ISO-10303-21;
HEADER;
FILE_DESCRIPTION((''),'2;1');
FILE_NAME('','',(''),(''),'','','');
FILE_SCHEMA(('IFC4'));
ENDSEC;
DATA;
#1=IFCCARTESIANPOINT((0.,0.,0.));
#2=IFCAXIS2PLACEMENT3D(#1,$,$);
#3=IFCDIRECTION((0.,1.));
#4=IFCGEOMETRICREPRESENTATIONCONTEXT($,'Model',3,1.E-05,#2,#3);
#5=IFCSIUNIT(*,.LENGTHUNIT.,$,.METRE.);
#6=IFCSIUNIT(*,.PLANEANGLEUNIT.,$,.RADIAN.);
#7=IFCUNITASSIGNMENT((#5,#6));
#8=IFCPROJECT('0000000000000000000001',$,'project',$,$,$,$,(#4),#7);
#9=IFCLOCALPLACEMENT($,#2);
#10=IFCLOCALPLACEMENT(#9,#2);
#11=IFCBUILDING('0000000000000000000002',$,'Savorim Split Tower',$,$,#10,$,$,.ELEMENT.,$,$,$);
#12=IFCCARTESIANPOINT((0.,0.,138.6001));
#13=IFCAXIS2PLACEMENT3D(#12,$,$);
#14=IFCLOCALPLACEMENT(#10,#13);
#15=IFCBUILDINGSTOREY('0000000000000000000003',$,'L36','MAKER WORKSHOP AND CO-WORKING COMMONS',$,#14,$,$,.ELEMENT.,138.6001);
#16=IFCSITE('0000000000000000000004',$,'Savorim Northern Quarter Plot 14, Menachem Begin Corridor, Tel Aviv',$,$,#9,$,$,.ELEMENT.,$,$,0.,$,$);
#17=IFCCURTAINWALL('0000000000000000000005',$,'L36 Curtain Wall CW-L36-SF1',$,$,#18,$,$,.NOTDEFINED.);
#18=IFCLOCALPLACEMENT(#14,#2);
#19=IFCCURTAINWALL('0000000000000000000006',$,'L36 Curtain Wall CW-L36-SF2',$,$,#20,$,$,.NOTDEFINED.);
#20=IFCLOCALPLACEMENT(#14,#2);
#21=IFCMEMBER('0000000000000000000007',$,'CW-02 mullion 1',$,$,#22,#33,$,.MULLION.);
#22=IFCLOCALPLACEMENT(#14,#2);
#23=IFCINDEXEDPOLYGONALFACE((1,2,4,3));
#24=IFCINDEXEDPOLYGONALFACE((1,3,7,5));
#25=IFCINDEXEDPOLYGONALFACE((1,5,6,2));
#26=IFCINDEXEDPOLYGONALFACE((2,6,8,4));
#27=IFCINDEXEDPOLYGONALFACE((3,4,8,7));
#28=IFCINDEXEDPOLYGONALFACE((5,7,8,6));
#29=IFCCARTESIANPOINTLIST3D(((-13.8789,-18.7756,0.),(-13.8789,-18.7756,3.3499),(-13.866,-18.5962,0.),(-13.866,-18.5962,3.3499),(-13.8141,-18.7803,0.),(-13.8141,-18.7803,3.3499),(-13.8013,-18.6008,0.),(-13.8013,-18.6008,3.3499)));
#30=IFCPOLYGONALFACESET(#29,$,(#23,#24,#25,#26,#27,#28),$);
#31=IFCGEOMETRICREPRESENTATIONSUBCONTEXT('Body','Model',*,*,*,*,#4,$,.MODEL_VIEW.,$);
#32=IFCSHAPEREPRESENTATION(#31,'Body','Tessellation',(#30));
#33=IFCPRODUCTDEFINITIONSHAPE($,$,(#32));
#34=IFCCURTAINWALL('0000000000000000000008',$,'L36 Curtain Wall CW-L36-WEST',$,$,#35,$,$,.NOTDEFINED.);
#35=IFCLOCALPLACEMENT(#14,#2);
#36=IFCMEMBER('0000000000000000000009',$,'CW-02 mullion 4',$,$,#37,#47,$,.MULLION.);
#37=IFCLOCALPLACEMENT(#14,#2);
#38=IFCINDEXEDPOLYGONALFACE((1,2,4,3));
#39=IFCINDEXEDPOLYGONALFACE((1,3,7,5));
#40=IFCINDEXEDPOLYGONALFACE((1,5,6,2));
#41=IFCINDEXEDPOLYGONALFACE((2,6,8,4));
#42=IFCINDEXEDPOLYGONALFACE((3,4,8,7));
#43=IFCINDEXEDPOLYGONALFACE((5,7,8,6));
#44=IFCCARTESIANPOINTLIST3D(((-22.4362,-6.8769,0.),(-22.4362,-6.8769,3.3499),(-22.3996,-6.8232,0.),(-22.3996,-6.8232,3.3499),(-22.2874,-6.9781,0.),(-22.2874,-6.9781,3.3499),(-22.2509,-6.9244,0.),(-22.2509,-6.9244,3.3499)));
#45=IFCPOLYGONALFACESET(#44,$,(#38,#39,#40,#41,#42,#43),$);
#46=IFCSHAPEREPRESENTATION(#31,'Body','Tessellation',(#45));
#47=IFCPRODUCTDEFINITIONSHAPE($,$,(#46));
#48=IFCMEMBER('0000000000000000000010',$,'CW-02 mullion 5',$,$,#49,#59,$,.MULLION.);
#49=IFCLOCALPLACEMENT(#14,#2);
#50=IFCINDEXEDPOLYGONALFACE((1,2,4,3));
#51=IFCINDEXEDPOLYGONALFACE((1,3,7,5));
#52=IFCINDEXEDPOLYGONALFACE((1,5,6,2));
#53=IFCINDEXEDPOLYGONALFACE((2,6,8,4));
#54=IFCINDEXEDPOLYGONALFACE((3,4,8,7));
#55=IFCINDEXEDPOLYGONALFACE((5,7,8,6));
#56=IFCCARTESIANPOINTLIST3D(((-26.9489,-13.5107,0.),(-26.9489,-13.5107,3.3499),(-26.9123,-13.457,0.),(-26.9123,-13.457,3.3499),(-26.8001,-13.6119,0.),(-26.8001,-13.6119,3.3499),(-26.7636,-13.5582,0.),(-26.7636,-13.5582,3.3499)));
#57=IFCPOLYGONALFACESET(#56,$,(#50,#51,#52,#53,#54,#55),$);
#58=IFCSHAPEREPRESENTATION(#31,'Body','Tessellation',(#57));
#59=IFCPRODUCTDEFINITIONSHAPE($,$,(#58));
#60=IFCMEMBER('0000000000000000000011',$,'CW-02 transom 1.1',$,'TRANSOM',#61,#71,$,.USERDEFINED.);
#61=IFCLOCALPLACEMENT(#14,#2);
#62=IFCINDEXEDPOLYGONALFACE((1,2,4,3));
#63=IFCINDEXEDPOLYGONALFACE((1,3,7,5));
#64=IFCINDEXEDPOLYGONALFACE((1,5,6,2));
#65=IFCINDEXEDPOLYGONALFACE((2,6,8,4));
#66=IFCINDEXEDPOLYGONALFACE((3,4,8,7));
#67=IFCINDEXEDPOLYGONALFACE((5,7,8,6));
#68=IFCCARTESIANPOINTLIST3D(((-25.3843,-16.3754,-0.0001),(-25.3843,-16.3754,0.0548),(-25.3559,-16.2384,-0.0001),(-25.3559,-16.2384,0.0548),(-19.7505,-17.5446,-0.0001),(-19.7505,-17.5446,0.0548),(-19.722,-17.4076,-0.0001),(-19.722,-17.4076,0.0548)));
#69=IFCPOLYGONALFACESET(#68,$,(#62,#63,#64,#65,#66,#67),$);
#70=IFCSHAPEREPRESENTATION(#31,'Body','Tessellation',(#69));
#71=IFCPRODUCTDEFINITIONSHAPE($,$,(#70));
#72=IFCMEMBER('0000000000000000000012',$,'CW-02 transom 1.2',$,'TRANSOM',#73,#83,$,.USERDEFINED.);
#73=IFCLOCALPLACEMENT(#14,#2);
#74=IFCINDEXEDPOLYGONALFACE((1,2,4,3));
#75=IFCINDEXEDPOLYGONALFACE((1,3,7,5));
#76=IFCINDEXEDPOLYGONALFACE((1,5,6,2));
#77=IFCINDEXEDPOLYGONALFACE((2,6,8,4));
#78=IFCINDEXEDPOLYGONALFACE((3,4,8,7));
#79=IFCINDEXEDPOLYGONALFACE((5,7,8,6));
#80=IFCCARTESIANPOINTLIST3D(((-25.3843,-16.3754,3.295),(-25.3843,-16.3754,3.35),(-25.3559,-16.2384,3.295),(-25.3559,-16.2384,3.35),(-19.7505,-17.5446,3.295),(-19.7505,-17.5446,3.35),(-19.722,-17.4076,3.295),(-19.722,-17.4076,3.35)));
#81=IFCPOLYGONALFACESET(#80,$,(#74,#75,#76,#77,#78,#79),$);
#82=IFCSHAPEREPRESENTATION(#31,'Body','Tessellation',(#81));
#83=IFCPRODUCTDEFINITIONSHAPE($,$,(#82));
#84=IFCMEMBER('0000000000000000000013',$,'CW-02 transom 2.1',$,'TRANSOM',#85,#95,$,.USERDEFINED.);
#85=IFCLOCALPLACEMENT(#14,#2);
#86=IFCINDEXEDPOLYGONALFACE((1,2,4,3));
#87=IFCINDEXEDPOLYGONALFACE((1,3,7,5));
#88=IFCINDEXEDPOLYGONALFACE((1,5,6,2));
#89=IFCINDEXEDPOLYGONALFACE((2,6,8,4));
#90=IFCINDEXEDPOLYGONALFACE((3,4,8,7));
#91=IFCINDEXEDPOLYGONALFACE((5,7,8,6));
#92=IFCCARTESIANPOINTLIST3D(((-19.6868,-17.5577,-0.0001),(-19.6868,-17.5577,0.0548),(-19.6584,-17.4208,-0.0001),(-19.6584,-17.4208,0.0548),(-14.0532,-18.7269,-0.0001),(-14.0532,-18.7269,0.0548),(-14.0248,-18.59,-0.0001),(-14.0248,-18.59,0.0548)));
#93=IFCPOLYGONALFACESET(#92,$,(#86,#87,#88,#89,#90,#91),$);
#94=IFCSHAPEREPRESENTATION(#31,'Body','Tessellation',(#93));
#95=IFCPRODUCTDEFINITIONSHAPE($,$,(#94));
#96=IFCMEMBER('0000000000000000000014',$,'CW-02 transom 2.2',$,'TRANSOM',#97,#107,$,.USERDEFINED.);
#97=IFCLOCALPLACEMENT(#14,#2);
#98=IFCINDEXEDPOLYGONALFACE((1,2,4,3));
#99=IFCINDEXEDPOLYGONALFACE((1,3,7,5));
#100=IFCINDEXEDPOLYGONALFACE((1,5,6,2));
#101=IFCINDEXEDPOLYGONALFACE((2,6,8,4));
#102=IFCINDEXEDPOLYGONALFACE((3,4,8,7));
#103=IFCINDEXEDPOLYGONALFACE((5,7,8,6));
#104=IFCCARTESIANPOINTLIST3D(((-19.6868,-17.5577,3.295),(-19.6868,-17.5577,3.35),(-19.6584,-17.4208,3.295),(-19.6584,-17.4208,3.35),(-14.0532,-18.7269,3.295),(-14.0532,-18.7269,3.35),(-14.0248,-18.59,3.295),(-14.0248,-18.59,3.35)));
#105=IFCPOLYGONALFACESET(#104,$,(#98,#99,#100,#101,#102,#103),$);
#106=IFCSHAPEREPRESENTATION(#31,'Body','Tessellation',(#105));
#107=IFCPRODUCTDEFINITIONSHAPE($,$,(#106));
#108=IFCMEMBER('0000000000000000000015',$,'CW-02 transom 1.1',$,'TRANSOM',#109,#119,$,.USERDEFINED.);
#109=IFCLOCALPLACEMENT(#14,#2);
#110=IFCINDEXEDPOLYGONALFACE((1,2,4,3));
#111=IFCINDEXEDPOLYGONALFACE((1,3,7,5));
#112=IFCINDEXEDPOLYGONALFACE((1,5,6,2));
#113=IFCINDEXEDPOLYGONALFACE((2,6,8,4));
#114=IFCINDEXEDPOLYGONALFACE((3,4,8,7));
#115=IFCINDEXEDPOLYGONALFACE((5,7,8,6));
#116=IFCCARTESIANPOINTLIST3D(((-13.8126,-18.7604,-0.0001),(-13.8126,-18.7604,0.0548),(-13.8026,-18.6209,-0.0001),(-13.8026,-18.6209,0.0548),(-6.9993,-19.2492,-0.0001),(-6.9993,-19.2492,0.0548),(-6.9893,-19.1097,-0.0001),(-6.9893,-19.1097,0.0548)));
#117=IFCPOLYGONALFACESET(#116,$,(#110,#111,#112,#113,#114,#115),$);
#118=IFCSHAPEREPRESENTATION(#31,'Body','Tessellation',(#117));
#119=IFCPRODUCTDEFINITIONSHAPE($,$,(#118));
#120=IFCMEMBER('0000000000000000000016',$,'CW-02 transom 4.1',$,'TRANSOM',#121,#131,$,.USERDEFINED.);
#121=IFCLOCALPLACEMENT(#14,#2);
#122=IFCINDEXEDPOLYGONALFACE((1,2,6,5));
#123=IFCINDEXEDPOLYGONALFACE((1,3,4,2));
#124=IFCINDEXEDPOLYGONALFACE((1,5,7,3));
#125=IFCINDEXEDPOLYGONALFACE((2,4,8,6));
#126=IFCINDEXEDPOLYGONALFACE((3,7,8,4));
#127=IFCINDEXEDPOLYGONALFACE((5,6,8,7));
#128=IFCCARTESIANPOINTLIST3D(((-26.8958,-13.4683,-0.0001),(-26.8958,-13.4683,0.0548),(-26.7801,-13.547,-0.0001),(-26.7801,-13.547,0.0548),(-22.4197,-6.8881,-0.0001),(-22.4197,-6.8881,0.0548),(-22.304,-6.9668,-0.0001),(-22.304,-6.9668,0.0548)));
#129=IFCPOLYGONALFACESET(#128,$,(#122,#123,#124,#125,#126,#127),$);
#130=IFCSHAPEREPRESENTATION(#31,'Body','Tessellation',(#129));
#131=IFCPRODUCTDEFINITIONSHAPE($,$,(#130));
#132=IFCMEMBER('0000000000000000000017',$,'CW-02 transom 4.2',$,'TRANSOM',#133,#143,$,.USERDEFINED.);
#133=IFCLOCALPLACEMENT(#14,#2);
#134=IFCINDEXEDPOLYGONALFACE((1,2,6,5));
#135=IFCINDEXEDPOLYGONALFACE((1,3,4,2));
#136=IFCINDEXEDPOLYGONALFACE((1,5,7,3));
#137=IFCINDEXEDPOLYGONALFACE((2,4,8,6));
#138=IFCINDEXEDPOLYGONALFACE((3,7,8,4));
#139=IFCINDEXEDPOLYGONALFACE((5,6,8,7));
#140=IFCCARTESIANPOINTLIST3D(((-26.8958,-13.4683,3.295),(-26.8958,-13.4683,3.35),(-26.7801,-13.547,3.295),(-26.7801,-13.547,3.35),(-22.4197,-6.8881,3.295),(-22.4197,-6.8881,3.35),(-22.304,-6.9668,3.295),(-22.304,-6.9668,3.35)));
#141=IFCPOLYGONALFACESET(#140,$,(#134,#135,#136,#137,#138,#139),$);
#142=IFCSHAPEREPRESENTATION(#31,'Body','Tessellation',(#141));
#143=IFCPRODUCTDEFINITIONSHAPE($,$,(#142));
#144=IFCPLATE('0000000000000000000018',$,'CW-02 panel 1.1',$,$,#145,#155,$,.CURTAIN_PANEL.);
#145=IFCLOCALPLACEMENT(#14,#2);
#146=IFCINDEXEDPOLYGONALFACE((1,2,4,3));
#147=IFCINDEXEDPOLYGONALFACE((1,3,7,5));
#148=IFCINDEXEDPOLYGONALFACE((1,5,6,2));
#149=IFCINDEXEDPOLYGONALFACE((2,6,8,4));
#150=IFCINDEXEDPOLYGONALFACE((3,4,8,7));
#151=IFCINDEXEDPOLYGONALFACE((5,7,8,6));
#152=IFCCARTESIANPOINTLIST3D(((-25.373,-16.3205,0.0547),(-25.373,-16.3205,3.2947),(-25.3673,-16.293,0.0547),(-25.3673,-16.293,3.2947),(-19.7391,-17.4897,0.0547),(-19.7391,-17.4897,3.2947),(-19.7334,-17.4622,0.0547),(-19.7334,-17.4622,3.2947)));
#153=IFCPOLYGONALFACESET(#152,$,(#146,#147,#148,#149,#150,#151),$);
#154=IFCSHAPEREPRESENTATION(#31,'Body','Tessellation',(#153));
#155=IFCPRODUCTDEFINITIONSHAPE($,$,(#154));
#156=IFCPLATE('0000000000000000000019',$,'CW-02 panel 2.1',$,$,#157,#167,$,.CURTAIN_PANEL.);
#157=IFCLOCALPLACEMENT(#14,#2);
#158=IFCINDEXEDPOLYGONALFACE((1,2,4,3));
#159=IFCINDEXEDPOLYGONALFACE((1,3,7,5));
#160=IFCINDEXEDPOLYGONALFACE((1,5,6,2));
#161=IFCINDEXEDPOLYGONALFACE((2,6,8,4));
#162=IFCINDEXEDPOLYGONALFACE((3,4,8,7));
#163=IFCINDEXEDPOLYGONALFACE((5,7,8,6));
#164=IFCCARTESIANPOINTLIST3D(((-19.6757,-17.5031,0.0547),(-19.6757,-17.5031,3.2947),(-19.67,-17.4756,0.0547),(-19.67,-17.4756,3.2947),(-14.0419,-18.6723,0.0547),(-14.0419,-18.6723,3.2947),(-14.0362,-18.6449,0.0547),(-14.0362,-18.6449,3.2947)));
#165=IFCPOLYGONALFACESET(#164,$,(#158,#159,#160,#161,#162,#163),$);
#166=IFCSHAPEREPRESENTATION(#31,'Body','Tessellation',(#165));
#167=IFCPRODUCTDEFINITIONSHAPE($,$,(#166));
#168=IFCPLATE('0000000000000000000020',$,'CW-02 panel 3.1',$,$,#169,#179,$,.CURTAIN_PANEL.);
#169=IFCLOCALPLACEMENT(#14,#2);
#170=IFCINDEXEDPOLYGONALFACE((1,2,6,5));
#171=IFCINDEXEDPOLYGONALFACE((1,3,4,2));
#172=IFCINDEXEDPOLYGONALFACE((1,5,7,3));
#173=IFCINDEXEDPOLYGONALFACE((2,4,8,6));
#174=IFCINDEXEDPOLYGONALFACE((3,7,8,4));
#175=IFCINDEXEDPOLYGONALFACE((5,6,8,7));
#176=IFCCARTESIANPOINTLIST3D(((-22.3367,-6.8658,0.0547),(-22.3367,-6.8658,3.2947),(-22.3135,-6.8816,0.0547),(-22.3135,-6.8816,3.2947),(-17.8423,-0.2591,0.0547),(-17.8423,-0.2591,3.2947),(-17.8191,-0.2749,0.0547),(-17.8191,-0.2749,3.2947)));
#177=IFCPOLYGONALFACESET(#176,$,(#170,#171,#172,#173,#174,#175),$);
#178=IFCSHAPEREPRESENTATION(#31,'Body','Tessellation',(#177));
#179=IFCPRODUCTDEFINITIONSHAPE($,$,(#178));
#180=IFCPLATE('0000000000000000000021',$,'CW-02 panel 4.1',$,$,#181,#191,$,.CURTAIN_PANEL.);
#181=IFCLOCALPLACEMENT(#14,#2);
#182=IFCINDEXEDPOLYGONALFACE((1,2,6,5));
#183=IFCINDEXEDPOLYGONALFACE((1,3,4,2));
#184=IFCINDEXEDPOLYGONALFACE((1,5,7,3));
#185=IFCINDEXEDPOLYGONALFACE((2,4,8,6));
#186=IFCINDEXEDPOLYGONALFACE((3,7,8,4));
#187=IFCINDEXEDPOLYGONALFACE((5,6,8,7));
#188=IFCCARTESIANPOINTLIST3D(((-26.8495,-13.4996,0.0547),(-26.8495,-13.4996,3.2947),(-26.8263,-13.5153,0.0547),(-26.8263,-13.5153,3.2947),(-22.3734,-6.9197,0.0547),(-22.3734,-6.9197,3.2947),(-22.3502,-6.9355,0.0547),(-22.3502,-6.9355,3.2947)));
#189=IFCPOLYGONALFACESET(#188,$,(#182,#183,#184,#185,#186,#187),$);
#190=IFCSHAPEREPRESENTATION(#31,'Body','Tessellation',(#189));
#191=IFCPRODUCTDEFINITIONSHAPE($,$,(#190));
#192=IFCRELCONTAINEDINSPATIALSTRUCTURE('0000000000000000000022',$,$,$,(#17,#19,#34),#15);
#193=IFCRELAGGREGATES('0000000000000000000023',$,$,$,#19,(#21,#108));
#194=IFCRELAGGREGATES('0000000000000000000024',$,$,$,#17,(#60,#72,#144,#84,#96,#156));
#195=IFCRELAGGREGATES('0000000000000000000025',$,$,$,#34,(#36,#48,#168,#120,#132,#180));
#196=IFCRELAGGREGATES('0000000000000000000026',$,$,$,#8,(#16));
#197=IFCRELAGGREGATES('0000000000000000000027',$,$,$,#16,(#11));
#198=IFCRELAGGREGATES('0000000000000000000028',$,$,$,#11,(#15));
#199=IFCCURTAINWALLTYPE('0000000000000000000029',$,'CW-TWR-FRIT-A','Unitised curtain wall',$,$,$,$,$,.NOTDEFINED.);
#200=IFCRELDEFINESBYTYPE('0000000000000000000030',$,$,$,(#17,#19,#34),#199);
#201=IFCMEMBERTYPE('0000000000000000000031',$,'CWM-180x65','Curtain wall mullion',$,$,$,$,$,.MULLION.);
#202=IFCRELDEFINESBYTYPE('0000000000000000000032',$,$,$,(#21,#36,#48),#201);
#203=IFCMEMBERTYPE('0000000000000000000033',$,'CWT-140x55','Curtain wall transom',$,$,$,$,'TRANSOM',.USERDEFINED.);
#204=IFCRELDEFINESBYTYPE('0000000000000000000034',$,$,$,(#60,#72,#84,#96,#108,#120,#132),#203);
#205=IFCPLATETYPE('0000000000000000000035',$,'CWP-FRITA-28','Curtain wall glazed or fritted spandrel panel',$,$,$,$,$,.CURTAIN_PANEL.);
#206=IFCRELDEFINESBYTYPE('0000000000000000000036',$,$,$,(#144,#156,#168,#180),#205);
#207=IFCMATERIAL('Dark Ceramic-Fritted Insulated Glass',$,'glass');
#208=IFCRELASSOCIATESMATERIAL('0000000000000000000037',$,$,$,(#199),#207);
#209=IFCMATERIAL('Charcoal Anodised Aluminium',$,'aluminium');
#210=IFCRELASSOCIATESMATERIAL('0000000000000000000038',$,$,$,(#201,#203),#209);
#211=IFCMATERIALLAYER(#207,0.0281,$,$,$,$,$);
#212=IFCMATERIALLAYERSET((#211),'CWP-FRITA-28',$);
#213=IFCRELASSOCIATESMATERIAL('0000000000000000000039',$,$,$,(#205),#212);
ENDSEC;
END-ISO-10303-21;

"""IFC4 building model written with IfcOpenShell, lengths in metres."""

from ifc_helpers import new_model, si_unit, direction, frame, origin, origin_2d, place, context, subcontext, project, spatial, rectangle, extrude, material, layer, layer_set, material_profile, profile_set, type_object, element, aggregate, save


model = new_model("IFC4")

# Units and contexts
model_context = context("Model", 3, precision=1e-05, world=origin(), true_north=direction((0.0, 1.0)))
body_context = subcontext(model_context, "Body", "Model", "MODEL_VIEW")
ifc_project = project(units=[si_unit("LENGTHUNIT", "METRE"), si_unit("PLANEANGLEUNIT", "RADIAN")], contexts=[model_context])

# Site, building, storey
site_placement = place(None, origin())
site = spatial("IfcSite", under=ifc_project, at=site_placement, Name="Savorim Northern Quarter Plot 14, Menachem Begin Corridor, Tel Aviv", CompositionType="ELEMENT", RefElevation=0.0)
building_placement = place(site_placement, origin())
building = spatial("IfcBuilding", under=site, at=building_placement, Name="Savorim Split Tower", CompositionType="ELEMENT")
storey_placement = place(building_placement, frame((0.0, 0.0, 138.6001)))
storey = spatial("IfcBuildingStorey", under=building, at=storey_placement, Name="L36", Description="MAKER WORKSHOP AND CO-WORKING COMMONS", CompositionType="ELEMENT", Elevation=138.6001)

# Curtain wall
ifc_material_1 = material(Name="Dark Ceramic-Fritted Insulated Glass", Category="glass")
curtain_wall_type = type_object("IfcCurtainWallType", Name="CW-TWR-FRIT-A", Description="Unitised curtain wall", PredefinedType="NOTDEFINED", material=ifc_material_1)
curtain_wall_1_placement = place(storey_placement, origin())
curtain_wall_1 = element("IfcCurtainWall", 1, at=curtain_wall_1_placement, inside=storey, type_object=curtain_wall_type, Name="L36 Curtain Wall CW-L36-SF1", PredefinedType="NOTDEFINED")
ifc_material_2 = material(Name="Charcoal Anodised Aluminium", Category="aluminium")
ifc_material_profile_1 = material_profile(ifc_material_2, rectangle(XDim=0.1799, YDim=0.0649, at=origin_2d()), Name="ALU-M 180x65")
ifc_profile_set_1 = profile_set([ifc_material_profile_1], Name="Charcoal Anodised Aluminium")
member_type_1 = type_object("IfcMemberType", Name="CWM-180x65", Description="Curtain wall mullion", PredefinedType="MULLION", material=ifc_profile_set_1)

# Curtain wall, member
curtain_wall_2_placement = place(storey_placement, origin())
curtain_wall_2 = element("IfcCurtainWall", 2, at=curtain_wall_2_placement, inside=storey, type_object=curtain_wall_type, Name="L36 Curtain Wall CW-L36-SF2", PredefinedType="NOTDEFINED")
member_1_placement = place(storey_placement, frame((-13.8401, -18.6882, 0.0), z_axis=(0.0, 0.0, 1.0), x_axis=(0.071561, 0.997436, 0.0)))
member_1 = element("IfcMember", 3, at=member_1_placement, type_object=member_type_1, Name="CW-02 mullion 1", PredefinedType="MULLION", context=body_context, shape_type="SweptSolid", body=[
    extrude(rectangle(XDim=0.1799, YDim=0.0649, at=origin_2d()), origin(), (0.0, 0.0, 1.0), 3.3499),
])

# Curtain wall, members
curtain_wall_3_placement = place(storey_placement, origin())
curtain_wall_3 = element("IfcCurtainWall", 4, at=curtain_wall_3_placement, inside=storey, type_object=curtain_wall_type, Name="L36 Curtain Wall CW-L36-WEST", PredefinedType="NOTDEFINED")
member_2_placement = place(storey_placement, frame((-22.3435, -6.9006, 0.0), z_axis=(0.0, 0.0, 1.0), x_axis=(0.82682, -0.562466, 0.0)))
member_2 = element("IfcMember", 5, at=member_2_placement, type_object=member_type_1, Name="CW-02 mullion 4", PredefinedType="MULLION", context=body_context, shape_type="SweptSolid", body=[
    extrude(rectangle(XDim=0.1799, YDim=0.0649, at=origin_2d()), origin(), (0.0, 0.0, 1.0), 3.3499),
])
member_3_placement = place(storey_placement, frame((-26.8562, -13.5344, 0.0), z_axis=(0.0, 0.0, 1.0), x_axis=(0.82682, -0.562466, 0.0)))
member_3 = element("IfcMember", 6, at=member_3_placement, type_object=member_type_1, Name="CW-02 mullion 5", PredefinedType="MULLION", context=body_context, shape_type="SweptSolid", body=[
    extrude(rectangle(XDim=0.1799, YDim=0.0649, at=origin_2d()), origin(), (0.0, 0.0, 1.0), 3.3499),
])

# Members
ifc_material_profile_2 = material_profile(ifc_material_2, rectangle(XDim=0.1399, YDim=0.0549, at=origin_2d()), Name="ALU-T 140x55")
ifc_profile_set_2 = profile_set([ifc_material_profile_2], Name="Charcoal Anodised Aluminium")
member_type_2 = type_object("IfcMemberType", Name="CWT-140x55", Description="Curtain wall transom", ElementType="TRANSOM", PredefinedType="USERDEFINED", material=ifc_profile_set_2)
member_4_placement = place(storey_placement, frame((-25.3701, -16.3069, 0.0273), z_axis=(0.979137, -0.203202, 0.0), x_axis=(0.203202, 0.979137, 0.0)))
member_4 = element("IfcMember", 7, at=member_4_placement, type_object=member_type_2, Name="CW-02 transom 1.1", ObjectType="TRANSOM", PredefinedType="USERDEFINED", context=body_context, shape_type="SweptSolid", body=[
    extrude(rectangle(XDim=0.1399, YDim=0.0549, at=origin_2d()), origin(), (0.0, 0.0, 1.0), 5.7539),
])
member_5_placement = place(storey_placement, frame((-25.3701, -16.3069, 3.3225), z_axis=(0.979137, -0.203202, 0.0), x_axis=(0.203202, 0.979137, 0.0)))
member_5 = element("IfcMember", 8, at=member_5_placement, type_object=member_type_2, Name="CW-02 transom 1.2", ObjectType="TRANSOM", PredefinedType="USERDEFINED", context=body_context, shape_type="SweptSolid", body=[
    extrude(rectangle(XDim=0.1399, YDim=0.0549, at=origin_2d()), origin(), (0.0, 0.0, 1.0), 5.7539),
])
member_6_placement = place(storey_placement, frame((-19.6726, -17.4893, 0.0273), z_axis=(0.979135, -0.20321, 0.0), x_axis=(0.20321, 0.979135, 0.0)))
member_6 = element("IfcMember", 9, at=member_6_placement, type_object=member_type_2, Name="CW-02 transom 2.1", ObjectType="TRANSOM", PredefinedType="USERDEFINED", context=body_context, shape_type="SweptSolid", body=[
    extrude(rectangle(XDim=0.1399, YDim=0.0549, at=origin_2d()), origin(), (0.0, 0.0, 1.0), 5.7537),
])
member_7_placement = place(storey_placement, frame((-19.6726, -17.4893, 3.3225), z_axis=(0.979135, -0.20321, 0.0), x_axis=(0.20321, 0.979135, 0.0)))
member_7 = element("IfcMember", 10, at=member_7_placement, type_object=member_type_2, Name="CW-02 transom 2.2", ObjectType="TRANSOM", PredefinedType="USERDEFINED", context=body_context, shape_type="SweptSolid", body=[
    extrude(rectangle(XDim=0.1399, YDim=0.0549, at=origin_2d()), origin(), (0.0, 0.0, 1.0), 5.7537),
])
member_8_placement = place(storey_placement, frame((-13.8076, -18.6907, 0.0273), z_axis=(0.997437, -0.071554, 0.0), x_axis=(0.071554, 0.997437, 0.0)))
member_8 = element("IfcMember", 11, at=member_8_placement, type_object=member_type_2, Name="CW-02 transom 1.1", ObjectType="TRANSOM", PredefinedType="USERDEFINED", context=body_context, shape_type="SweptSolid", body=[
    extrude(rectangle(XDim=0.1399, YDim=0.0549, at=origin_2d()), origin(), (0.0, 0.0, 1.0), 6.8308),
])
aggregate(curtain_wall_2, [member_1, member_8])
member_9_placement = place(storey_placement, frame((-22.3618, -6.9275, 0.0273), z_axis=(-0.562449, -0.826832, 0.0), x_axis=(0.826832, -0.562449, 0.0)))
member_9 = element("IfcMember", 12, at=member_9_placement, type_object=member_type_2, Name="CW-02 transom 4.1", ObjectType="TRANSOM", PredefinedType="USERDEFINED", context=body_context, shape_type="SweptSolid", body=[
    extrude(rectangle(XDim=0.1399, YDim=0.0549, at=origin_2d()), origin(), (0.0, 0.0, 1.0), 7.9583),
])
member_10_placement = place(storey_placement, frame((-22.3618, -6.9275, 3.3225), z_axis=(-0.562449, -0.826832, 0.0), x_axis=(0.826832, -0.562449, 0.0)))
member_10 = element("IfcMember", 13, at=member_10_placement, type_object=member_type_2, Name="CW-02 transom 4.2", ObjectType="TRANSOM", PredefinedType="USERDEFINED", context=body_context, shape_type="SweptSolid", body=[
    extrude(rectangle(XDim=0.1399, YDim=0.0549, at=origin_2d()), origin(), (0.0, 0.0, 1.0), 7.9583),
])

# Plates
ifc_layer_1 = layer(ifc_material_1, 0.0281)
ifc_layer_set_1 = layer_set([ifc_layer_1], Name="CWP-FRITA-28")
plate_type = type_object("IfcPlateType", Name="CWP-FRITA-28", Description="Curtain wall glazed or fritted spandrel panel", PredefinedType="CURTAIN_PANEL", material=ifc_layer_set_1)
plate_1_placement = place(storey_placement, frame((-22.5532, -16.8914, 0.0547), z_axis=(0.0, 0.0, 1.0), x_axis=(0.979135, -0.20321, 0.0)))
plate_1 = element("IfcPlate", 14, at=plate_1_placement, type_object=plate_type, Name="CW-02 panel 1.1", PredefinedType="CURTAIN_PANEL", context=body_context, shape_type="SweptSolid", body=[
    extrude(rectangle(XDim=5.7539, YDim=0.0281, at=origin_2d()), origin(), (0.0, 0.0, 1.0), 3.24),
])
plate_2_placement = place(storey_placement, frame((-16.856, -18.074, 0.0547), z_axis=(0.0, 0.0, 1.0), x_axis=(0.979135, -0.20321, 0.0)))
plate_2 = element("IfcPlate", 15, at=plate_2_placement, type_object=plate_type, Name="CW-02 panel 2.1", PredefinedType="CURTAIN_PANEL", context=body_context, shape_type="SweptSolid", body=[
    extrude(rectangle(XDim=5.7539, YDim=0.0281, at=origin_2d()), origin(), (0.0, 0.0, 1.0), 3.24),
])
aggregate(curtain_wall_1, [member_4, member_5, plate_1, member_6, member_7, plate_2])
plate_3_placement = place(storey_placement, frame((-20.0779, -3.5703, 0.0547), z_axis=(0.0, 0.0, 1.0), x_axis=(-0.562466, -0.82682, 0.0)))
plate_3 = element("IfcPlate", 16, at=plate_3_placement, type_object=plate_type, Name="CW-02 panel 3.1", PredefinedType="CURTAIN_PANEL", context=body_context, shape_type="SweptSolid", body=[
    extrude(rectangle(XDim=7.9905, YDim=0.0281, at=origin_2d()), origin(), (0.0, 0.0, 1.0), 3.24),
])
plate_4_placement = place(storey_placement, frame((-24.5999, -10.2175, 0.0547), z_axis=(0.0, 0.0, 1.0), x_axis=(-0.562466, -0.82682, 0.0)))
plate_4 = element("IfcPlate", 17, at=plate_4_placement, type_object=plate_type, Name="CW-02 panel 4.1", PredefinedType="CURTAIN_PANEL", context=body_context, shape_type="SweptSolid", body=[
    extrude(rectangle(XDim=7.958, YDim=0.0281, at=origin_2d()), origin(), (0.0, 0.0, 1.0), 3.24),
])
aggregate(curtain_wall_3, [member_2, member_3, plate_3, member_9, member_10, plate_4])

save(model, "model.ifc")
